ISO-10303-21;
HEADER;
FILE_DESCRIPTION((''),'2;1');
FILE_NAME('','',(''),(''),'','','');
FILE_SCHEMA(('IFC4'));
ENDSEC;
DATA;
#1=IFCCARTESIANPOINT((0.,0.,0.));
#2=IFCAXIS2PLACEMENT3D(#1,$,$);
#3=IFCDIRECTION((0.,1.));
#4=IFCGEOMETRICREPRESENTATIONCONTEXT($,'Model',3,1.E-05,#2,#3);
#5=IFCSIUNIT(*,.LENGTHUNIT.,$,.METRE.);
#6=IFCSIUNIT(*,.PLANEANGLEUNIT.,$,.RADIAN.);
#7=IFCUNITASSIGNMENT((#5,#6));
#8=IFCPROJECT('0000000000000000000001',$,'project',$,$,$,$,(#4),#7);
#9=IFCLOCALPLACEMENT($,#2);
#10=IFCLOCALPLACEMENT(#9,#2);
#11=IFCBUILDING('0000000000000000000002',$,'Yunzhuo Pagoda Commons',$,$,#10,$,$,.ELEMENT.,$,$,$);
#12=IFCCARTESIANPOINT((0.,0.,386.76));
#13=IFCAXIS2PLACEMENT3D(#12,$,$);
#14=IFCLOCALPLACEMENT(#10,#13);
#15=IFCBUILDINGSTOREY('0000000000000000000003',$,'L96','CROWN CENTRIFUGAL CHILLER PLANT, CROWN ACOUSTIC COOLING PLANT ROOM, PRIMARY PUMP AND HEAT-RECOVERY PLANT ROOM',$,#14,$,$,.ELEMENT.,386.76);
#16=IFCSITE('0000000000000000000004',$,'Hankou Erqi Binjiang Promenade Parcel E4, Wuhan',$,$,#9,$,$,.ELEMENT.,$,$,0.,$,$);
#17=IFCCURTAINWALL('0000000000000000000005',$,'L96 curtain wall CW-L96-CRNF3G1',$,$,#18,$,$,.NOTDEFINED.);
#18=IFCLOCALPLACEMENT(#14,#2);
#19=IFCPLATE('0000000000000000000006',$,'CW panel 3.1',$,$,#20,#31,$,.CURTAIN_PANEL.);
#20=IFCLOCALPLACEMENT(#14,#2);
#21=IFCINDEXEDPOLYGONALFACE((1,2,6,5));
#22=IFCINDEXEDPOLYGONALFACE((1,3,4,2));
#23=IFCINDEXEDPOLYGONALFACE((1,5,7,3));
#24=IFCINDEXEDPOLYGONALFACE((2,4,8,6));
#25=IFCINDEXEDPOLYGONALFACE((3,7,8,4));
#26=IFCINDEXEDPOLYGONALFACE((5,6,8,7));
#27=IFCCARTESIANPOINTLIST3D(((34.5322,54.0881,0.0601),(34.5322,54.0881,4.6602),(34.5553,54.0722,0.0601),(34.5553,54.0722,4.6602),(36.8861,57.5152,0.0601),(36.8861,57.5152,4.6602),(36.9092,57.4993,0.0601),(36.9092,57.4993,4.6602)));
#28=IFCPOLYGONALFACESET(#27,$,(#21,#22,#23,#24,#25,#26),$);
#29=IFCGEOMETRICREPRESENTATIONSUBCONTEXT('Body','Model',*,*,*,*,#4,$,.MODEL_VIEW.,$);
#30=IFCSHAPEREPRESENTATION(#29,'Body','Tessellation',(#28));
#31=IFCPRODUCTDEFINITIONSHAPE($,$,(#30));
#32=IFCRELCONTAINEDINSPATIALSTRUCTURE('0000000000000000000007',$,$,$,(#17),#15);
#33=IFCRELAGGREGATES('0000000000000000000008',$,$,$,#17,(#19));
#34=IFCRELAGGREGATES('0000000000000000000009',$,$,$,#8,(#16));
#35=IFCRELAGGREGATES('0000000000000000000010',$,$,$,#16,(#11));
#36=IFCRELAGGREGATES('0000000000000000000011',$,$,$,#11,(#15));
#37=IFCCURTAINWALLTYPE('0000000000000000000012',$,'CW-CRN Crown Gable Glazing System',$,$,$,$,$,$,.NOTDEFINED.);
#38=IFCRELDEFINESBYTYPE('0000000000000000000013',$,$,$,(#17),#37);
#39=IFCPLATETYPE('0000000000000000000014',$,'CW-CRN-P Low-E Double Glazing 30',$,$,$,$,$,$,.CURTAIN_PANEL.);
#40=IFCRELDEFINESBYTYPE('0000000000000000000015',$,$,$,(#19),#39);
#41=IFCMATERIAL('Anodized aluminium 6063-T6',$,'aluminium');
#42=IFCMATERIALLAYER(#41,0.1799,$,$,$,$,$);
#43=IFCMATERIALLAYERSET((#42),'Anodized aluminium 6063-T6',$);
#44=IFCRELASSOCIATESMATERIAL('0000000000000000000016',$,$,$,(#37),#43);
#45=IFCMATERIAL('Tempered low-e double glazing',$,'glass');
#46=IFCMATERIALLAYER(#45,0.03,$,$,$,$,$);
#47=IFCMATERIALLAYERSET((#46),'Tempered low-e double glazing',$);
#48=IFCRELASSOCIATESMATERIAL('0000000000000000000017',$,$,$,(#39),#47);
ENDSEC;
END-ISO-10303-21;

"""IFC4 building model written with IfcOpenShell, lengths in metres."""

from ifc_helpers import new_model, si_unit, direction, frame, origin, origin_2d, place, context, subcontext, project, spatial, rectangle, extrude, source, transform, mapped, material, layer, layer_set, type_object, element, aggregate, save


model = new_model("IFC4")

# Units and contexts
model_context = context("Model", 3, precision=1e-05, world=origin(), true_north=direction((0.0, 1.0)))
body_context = subcontext(model_context, "Body", "Model", "MODEL_VIEW")
ifc_project = project(units=[si_unit("LENGTHUNIT", "METRE"), si_unit("PLANEANGLEUNIT", "RADIAN")], contexts=[model_context])

# Site, building, storey
site_placement = place(None, origin())
site = spatial("IfcSite", under=ifc_project, at=site_placement, Name="Hankou Erqi Binjiang Promenade Parcel E4, Wuhan", CompositionType="ELEMENT", RefElevation=0.0)
building_placement = place(site_placement, origin())
building = spatial("IfcBuilding", under=site, at=building_placement, Name="Yunzhuo Pagoda Commons", CompositionType="ELEMENT")
storey_placement = place(building_placement, frame((0.0, 0.0, 386.76)))
storey = spatial("IfcBuildingStorey", under=building, at=storey_placement, Name="L96", Description="CROWN CENTRIFUGAL CHILLER PLANT, CROWN ACOUSTIC COOLING PLANT ROOM, PRIMARY PUMP AND HEAT-RECOVERY PLANT ROOM", CompositionType="ELEMENT", Elevation=386.76)

# Curtain wall
ifc_material_1 = material(Name="Anodized aluminium 6063-T6", Category="aluminium")
ifc_layer_1 = layer(ifc_material_1, 0.1799)
ifc_layer_set_1 = layer_set([ifc_layer_1], Name="Anodized aluminium 6063-T6")
curtain_wall_type = type_object("IfcCurtainWallType", Name="CW-CRN Crown Gable Glazing System", PredefinedType="NOTDEFINED", material=ifc_layer_set_1)
curtain_wall_1_placement = place(storey_placement, origin())
curtain_wall_1 = element("IfcCurtainWall", 1, at=curtain_wall_1_placement, inside=storey, type_object=curtain_wall_type, Name="L96 curtain wall CW-L96-CRNF3G1", PredefinedType="NOTDEFINED")

# Plate
ifc_material_2 = material(Name="Tempered low-e double glazing", Category="glass")
ifc_layer_2 = layer(ifc_material_2, 0.03)
ifc_layer_set_2 = layer_set([ifc_layer_2], Name="Tempered low-e double glazing")
plate_type = type_object("IfcPlateType", Name="CW-CRN-P Low-E Double Glazing 30", PredefinedType="CURTAIN_PANEL", material=ifc_layer_set_2)
shared_shape_1 = source(origin(), body_context, "Body", "SweptSolid", [
    extrude(rectangle(XDim=4.1577, YDim=0.0281, at=origin_2d()), origin(), (0.0, 0.0, 1.0), 4.6001),
])
plate_1_placement = place(storey_placement, frame((35.7207, 55.7937, 0.0601), z_axis=(0.0, 0.0, 1.0), x_axis=(-0.566159, -0.824296, 0.0)))
plate_1 = element("IfcPlate", 2, at=plate_1_placement, type_object=plate_type, Name="CW panel 3.1", PredefinedType="CURTAIN_PANEL", context=body_context, shape_type="MappedRepresentation", body=[
    mapped(shared_shape_1, transform((0.0, 0.0, 0.0), scale=1.0)),
])
aggregate(curtain_wall_1, [plate_1])

save(model, "model.ifc")
